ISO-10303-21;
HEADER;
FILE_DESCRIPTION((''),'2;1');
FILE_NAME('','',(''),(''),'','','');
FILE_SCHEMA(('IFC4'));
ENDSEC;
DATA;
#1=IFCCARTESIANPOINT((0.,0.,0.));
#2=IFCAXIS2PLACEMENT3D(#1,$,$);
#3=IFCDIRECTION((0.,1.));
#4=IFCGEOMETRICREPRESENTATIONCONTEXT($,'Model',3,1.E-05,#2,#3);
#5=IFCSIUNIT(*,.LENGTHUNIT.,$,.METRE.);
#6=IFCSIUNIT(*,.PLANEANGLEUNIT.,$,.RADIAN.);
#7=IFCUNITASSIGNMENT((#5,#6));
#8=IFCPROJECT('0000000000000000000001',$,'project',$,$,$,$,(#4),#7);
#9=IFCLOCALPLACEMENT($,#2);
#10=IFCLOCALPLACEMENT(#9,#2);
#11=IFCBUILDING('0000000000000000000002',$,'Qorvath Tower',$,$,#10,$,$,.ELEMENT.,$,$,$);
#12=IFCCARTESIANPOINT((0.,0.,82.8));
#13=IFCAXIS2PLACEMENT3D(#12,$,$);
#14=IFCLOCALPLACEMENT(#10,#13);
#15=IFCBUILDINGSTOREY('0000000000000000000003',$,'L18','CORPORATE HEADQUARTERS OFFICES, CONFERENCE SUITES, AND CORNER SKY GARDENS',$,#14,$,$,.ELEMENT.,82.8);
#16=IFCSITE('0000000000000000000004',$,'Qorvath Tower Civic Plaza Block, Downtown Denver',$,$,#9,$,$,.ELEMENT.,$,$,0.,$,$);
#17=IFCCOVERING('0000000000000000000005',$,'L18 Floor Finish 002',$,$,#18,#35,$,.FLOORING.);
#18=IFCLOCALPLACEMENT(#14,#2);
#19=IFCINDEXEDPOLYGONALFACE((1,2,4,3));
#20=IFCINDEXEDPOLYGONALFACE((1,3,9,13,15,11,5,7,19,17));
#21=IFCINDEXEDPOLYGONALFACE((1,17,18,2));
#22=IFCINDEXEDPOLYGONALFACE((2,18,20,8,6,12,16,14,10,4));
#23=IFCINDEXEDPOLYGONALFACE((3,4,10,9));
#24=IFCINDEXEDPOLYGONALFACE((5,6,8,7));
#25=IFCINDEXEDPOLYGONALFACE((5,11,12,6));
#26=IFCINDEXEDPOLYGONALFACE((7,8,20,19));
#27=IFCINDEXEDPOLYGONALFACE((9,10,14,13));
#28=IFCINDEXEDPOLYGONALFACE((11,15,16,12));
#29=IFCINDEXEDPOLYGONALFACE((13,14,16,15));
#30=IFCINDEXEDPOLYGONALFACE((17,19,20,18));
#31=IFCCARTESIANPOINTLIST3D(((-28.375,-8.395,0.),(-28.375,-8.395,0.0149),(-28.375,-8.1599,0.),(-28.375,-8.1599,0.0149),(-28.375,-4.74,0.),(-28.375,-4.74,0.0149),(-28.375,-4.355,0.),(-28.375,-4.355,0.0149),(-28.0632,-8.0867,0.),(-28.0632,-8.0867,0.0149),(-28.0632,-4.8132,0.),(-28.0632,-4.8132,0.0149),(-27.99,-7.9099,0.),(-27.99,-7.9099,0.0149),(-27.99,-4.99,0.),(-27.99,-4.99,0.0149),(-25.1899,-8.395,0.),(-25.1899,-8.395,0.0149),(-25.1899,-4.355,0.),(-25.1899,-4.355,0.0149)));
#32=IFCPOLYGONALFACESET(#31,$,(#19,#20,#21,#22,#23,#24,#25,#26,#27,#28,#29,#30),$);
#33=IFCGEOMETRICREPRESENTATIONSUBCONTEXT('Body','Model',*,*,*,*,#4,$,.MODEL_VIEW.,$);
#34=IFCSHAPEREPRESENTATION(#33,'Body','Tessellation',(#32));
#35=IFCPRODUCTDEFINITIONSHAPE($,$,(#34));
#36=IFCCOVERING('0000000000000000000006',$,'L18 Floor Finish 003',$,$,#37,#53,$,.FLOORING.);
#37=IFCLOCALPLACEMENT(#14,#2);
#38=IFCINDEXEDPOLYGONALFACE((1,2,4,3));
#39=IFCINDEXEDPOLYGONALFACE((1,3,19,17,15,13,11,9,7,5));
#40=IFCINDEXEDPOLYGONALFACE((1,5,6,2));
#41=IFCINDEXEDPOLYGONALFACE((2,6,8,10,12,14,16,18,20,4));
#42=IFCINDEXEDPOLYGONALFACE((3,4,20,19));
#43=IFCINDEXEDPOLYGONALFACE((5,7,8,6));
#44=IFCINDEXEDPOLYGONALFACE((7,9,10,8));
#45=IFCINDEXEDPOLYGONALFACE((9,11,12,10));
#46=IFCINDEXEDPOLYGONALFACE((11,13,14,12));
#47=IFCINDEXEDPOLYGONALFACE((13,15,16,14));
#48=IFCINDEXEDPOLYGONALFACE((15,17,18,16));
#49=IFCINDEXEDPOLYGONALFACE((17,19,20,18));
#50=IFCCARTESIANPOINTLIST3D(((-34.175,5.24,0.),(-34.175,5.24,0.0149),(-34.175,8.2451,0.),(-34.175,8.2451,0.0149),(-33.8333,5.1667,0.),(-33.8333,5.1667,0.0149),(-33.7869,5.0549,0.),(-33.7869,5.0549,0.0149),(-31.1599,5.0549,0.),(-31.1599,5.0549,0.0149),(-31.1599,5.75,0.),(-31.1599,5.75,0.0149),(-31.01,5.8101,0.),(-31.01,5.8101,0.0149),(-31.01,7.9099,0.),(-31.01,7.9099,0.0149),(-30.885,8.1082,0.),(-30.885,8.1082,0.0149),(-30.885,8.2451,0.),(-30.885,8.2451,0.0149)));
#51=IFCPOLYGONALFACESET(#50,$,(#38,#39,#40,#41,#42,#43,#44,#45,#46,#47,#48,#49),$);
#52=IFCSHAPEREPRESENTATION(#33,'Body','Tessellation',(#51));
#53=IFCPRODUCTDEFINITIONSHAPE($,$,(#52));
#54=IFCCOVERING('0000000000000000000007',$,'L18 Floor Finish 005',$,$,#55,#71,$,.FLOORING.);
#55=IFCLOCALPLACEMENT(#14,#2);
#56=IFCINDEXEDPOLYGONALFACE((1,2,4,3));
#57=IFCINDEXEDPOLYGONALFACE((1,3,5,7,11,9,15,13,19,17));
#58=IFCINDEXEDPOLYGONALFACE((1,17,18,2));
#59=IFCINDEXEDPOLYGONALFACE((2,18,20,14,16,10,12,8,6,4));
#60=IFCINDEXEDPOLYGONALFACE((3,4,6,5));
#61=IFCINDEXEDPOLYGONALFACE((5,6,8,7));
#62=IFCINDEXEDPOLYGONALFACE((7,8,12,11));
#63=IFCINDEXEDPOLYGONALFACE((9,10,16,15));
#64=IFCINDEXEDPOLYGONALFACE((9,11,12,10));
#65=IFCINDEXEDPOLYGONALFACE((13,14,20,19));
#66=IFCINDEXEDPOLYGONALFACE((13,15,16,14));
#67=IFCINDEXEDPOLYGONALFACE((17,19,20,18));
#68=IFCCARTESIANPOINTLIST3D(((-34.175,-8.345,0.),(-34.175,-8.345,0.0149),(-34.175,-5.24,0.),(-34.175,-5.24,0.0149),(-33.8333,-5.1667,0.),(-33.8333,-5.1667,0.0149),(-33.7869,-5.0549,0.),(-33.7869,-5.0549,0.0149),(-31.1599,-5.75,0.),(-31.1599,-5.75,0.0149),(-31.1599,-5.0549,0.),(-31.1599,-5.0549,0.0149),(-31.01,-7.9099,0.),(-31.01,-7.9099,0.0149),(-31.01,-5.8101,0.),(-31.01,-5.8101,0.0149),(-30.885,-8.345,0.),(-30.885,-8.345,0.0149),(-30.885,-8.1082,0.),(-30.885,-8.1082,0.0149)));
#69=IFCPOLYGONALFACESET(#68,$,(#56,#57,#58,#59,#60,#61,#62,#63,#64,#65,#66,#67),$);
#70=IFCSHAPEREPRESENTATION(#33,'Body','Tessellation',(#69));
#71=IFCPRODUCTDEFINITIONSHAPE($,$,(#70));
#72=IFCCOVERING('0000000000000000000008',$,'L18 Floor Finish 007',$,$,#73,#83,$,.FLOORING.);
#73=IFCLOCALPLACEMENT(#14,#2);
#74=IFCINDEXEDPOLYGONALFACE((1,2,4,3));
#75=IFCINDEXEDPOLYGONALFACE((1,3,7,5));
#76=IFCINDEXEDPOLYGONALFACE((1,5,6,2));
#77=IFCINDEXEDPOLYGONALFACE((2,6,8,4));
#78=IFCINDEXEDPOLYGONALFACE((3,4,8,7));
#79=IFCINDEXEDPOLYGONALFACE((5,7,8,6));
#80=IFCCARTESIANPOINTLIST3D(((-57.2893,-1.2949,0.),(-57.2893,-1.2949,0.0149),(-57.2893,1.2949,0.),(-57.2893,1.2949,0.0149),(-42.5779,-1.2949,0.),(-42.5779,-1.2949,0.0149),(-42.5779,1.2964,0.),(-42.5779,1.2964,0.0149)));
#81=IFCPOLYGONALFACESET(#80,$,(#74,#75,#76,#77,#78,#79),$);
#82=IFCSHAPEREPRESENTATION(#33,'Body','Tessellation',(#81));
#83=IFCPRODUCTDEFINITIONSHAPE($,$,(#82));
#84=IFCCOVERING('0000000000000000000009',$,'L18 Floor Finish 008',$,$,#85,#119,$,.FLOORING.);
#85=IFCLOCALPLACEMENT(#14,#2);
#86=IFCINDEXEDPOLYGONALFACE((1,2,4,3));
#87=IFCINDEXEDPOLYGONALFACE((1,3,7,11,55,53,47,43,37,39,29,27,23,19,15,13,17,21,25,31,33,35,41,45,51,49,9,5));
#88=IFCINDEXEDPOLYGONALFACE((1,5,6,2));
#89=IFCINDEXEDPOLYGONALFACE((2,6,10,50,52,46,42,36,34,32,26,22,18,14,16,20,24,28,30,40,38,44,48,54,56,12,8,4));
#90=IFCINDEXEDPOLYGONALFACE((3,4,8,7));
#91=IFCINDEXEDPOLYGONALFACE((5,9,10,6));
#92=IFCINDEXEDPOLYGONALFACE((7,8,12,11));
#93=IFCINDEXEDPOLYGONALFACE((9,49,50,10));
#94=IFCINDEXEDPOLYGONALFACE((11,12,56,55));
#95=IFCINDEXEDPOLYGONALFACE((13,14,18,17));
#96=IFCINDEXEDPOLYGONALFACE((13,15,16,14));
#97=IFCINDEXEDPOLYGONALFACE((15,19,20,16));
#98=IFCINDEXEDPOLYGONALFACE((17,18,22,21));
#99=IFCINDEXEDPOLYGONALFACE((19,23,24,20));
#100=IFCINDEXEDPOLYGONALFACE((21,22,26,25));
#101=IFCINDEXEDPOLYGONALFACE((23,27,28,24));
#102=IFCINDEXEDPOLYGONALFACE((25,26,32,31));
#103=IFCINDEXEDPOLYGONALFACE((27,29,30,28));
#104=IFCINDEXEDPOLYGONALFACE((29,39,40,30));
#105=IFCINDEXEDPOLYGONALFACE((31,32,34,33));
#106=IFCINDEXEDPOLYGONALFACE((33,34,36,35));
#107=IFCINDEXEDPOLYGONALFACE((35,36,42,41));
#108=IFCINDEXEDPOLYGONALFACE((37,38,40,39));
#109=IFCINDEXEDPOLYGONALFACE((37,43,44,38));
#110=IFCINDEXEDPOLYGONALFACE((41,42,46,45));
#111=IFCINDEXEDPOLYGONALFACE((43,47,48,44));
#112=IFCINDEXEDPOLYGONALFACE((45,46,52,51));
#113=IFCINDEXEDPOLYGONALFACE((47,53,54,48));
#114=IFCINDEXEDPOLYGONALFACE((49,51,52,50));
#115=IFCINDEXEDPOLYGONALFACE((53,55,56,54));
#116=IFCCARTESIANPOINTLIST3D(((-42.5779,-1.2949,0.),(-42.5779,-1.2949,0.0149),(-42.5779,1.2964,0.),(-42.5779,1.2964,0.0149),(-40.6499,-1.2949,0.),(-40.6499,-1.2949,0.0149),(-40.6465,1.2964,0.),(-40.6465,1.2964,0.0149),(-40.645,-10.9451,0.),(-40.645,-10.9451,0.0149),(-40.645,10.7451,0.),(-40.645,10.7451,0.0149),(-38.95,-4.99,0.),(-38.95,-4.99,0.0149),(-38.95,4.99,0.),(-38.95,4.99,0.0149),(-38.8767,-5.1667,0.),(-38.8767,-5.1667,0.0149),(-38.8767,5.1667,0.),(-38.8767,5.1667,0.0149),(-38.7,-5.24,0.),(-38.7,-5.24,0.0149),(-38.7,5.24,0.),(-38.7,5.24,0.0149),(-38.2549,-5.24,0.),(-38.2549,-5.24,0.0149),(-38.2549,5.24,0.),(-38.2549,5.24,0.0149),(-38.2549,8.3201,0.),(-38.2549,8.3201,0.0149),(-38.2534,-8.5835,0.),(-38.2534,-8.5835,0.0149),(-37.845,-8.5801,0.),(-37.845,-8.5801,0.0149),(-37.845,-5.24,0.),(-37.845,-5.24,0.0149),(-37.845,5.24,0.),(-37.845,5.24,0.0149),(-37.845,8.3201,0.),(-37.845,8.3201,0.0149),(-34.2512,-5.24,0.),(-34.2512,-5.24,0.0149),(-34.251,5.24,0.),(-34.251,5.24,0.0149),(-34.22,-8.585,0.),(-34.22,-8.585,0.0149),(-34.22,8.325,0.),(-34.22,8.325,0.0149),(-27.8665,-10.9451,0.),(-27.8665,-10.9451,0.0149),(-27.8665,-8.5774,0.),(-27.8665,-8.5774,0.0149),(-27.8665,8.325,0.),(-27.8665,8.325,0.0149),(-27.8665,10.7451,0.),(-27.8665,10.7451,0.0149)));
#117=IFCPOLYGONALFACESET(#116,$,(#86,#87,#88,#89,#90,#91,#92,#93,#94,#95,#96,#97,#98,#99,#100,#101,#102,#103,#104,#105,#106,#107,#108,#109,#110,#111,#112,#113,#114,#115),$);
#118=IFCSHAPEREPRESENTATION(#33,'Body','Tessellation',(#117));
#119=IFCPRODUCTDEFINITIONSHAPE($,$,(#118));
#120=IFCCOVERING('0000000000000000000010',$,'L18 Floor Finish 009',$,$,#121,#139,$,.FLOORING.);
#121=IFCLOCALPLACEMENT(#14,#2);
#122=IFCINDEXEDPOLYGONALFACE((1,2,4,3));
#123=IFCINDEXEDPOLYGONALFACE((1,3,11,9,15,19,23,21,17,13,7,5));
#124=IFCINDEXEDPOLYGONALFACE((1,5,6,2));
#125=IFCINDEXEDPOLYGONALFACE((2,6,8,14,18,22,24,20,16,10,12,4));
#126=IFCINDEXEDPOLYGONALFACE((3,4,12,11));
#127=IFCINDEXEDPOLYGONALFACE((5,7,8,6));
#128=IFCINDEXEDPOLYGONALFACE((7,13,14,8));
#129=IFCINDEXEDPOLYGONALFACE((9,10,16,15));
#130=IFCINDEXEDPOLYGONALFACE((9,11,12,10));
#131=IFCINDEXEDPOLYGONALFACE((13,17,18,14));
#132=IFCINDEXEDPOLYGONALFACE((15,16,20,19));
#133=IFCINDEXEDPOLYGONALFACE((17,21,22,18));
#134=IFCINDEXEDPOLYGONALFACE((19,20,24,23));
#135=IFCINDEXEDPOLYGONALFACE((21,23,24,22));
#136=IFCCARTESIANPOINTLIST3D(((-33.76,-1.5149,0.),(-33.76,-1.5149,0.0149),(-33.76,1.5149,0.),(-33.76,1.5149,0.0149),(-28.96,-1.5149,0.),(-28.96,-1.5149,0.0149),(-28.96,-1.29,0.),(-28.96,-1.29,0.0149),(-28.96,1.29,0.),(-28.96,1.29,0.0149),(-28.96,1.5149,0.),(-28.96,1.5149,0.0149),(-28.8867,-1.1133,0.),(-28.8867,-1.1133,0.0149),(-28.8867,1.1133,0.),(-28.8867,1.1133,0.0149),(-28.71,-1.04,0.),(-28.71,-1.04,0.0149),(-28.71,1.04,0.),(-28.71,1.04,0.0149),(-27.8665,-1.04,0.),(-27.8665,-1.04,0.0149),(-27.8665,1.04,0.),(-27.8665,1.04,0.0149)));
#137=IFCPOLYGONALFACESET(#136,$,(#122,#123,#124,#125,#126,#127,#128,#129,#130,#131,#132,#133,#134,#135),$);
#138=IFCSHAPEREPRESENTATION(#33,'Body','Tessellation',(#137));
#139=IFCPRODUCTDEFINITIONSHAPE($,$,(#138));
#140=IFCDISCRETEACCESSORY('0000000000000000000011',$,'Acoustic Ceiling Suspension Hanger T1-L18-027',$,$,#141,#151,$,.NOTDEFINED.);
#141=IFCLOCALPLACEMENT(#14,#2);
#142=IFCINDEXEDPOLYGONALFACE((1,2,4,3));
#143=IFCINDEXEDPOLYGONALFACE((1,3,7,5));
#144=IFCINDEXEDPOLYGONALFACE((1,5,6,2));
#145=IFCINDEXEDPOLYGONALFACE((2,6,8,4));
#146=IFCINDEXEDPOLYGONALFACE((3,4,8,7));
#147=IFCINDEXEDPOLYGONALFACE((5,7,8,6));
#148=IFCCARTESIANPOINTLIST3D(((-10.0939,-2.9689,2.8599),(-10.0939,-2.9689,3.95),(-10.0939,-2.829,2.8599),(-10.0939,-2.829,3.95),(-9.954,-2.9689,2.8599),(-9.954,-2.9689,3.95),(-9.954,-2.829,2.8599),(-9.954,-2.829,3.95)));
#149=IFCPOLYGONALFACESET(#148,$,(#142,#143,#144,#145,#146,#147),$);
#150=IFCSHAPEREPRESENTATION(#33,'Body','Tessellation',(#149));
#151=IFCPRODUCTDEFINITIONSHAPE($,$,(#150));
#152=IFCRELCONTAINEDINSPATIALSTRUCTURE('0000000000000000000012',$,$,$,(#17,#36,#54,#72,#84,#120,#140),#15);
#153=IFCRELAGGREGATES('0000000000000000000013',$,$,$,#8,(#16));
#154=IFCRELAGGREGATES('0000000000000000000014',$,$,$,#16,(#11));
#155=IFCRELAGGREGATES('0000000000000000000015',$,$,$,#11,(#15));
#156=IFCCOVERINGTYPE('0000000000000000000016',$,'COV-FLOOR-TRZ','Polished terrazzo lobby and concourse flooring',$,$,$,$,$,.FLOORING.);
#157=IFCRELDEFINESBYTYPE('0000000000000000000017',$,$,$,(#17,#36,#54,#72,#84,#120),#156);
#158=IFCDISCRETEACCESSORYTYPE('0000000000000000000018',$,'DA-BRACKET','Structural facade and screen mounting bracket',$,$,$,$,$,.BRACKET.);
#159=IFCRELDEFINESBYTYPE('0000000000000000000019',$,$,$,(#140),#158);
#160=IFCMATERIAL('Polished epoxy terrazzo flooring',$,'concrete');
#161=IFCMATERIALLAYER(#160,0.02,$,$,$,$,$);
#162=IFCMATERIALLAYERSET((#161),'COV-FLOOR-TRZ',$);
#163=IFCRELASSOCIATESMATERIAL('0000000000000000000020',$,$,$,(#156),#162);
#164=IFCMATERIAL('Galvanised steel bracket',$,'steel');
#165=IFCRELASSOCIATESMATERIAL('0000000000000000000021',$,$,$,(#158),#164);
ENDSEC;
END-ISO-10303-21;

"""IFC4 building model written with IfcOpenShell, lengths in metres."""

from ifc_helpers import new_model, si_unit, direction, frame, origin, origin_2d, place, context, subcontext, project, spatial, polyline, rectangle, outline, extrude, material, layer, layer_set, type_object, element, save


model = new_model("IFC4")

# Units and contexts
model_context = context("Model", 3, precision=1e-05, world=origin(), true_north=direction((0.0, 1.0)))
body_context = subcontext(model_context, "Body", "Model", "MODEL_VIEW")
ifc_project = project(units=[si_unit("LENGTHUNIT", "METRE"), si_unit("PLANEANGLEUNIT", "RADIAN")], contexts=[model_context])

# Site, building, storey
site_placement = place(None, origin())
site = spatial("IfcSite", under=ifc_project, at=site_placement, Name="Qorvath Tower Civic Plaza Block, Downtown Denver", CompositionType="ELEMENT", RefElevation=0.0)
building_placement = place(site_placement, origin())
building = spatial("IfcBuilding", under=site, at=building_placement, Name="Qorvath Tower", CompositionType="ELEMENT")
storey_placement = place(building_placement, frame((0.0, 0.0, 82.8)))
storey = spatial("IfcBuildingStorey", under=building, at=storey_placement, Name="L18", Description="CORPORATE HEADQUARTERS OFFICES, CONFERENCE SUITES, AND CORNER SKY GARDENS", CompositionType="ELEMENT", Elevation=82.8)

# Coverings
ifc_material_1 = material(Name="Polished epoxy terrazzo flooring", Category="concrete")
ifc_layer_1 = layer(ifc_material_1, 0.02)
ifc_layer_set_1 = layer_set([ifc_layer_1], Name="COV-FLOOR-TRZ")
covering_type_1 = type_object("IfcCoveringType", Name="COV-FLOOR-TRZ", Description="Polished terrazzo lobby and concourse flooring", PredefinedType="FLOORING", material=ifc_layer_set_1)
covering_1_placement = place(storey_placement, origin())
element("IfcCovering", 1, at=covering_1_placement, inside=storey, type_object=covering_type_1, Name="L18 Floor Finish 002", PredefinedType="FLOORING", context=body_context, shape_type="SweptSolid", body=[
    extrude(outline(polyline([(-25.1899, -8.395), (-25.1899, -4.355), (-28.375, -4.355), (-28.375, -4.74), (-28.0632, -4.8132), (-27.99, -4.99), (-27.99, -7.9099), (-28.0632, -8.0867), (-28.375, -8.1599), (-28.375, -8.395), (-25.1899, -8.395)])), origin(), (0.0, 0.0, 1.0), 0.0149),
])
covering_2_placement = place(storey_placement, origin())
element("IfcCovering", 2, at=covering_2_placement, inside=storey, type_object=covering_type_1, Name="L18 Floor Finish 003", PredefinedType="FLOORING", context=body_context, shape_type="SweptSolid", body=[
    extrude(outline(polyline([(-31.01, 7.9099), (-30.885, 8.1082), (-30.885, 8.2451), (-34.175, 8.2451), (-34.175, 5.24), (-33.8333, 5.1667), (-33.7869, 5.0549), (-31.1599, 5.0549), (-31.1599, 5.75), (-31.01, 5.8101), (-31.01, 7.9099)])), origin(), (0.0, 0.0, 1.0), 0.0149),
])
covering_3_placement = place(storey_placement, origin())
element("IfcCovering", 3, at=covering_3_placement, inside=storey, type_object=covering_type_1, Name="L18 Floor Finish 005", PredefinedType="FLOORING", context=body_context, shape_type="SweptSolid", body=[
    extrude(outline(polyline([(-31.1599, -5.0549), (-33.7869, -5.0549), (-33.8333, -5.1667), (-34.175, -5.24), (-34.175, -8.345), (-30.885, -8.345), (-30.885, -8.1082), (-31.01, -7.9099), (-31.01, -5.8101), (-31.1599, -5.75), (-31.1599, -5.0549)])), origin(), (0.0, 0.0, 1.0), 0.0149),
])
covering_4_placement = place(storey_placement, origin())
element("IfcCovering", 4, at=covering_4_placement, inside=storey, type_object=covering_type_1, Name="L18 Floor Finish 007", PredefinedType="FLOORING", context=body_context, shape_type="SweptSolid", body=[
    extrude(outline(polyline([(-42.5779, -1.2949), (-42.5779, 1.2964), (-57.2893, 1.2949), (-57.2893, -1.2949), (-42.5779, -1.2949)])), origin(), (0.0, 0.0, 1.0), 0.0149),
])
covering_5_placement = place(storey_placement, origin())
element("IfcCovering", 5, at=covering_5_placement, inside=storey, type_object=covering_type_1, Name="L18 Floor Finish 008", PredefinedType="FLOORING", context=body_context, shape_type="SweptSolid", body=[
    extrude(outline(polyline([(-40.6499, -1.2949), (-40.645, -10.9451), (-27.8665, -10.9451), (-27.8665, -8.5774), (-34.22, -8.585), (-34.2512, -5.24), (-37.845, -5.24), (-37.845, -8.5801), (-38.2534, -8.5835), (-38.2549, -5.24), (-38.7, -5.24), (-38.8767, -5.1667), (-38.95, -4.99), (-38.95, 4.99), (-38.8767, 5.1667), (-38.7, 5.24), (-38.2549, 5.24), (-38.2549, 8.3201), (-37.845, 8.3201), (-37.845, 5.24), (-34.251, 5.24), (-34.22, 8.325), (-27.8665, 8.325), (-27.8665, 10.7451), (-40.645, 10.7451), (-40.6465, 1.2964), (-42.5779, 1.2964), (-42.5779, -1.2949), (-40.6499, -1.2949)])), origin(), (0.0, 0.0, 1.0), 0.0149),
])
covering_6_placement = place(storey_placement, origin())
element("IfcCovering", 6, at=covering_6_placement, inside=storey, type_object=covering_type_1, Name="L18 Floor Finish 009", PredefinedType="FLOORING", context=body_context, shape_type="SweptSolid", body=[
    extrude(outline(polyline([(-27.8665, -1.04), (-27.8665, 1.04), (-28.71, 1.04), (-28.8867, 1.1133), (-28.96, 1.29), (-28.96, 1.5149), (-33.76, 1.5149), (-33.76, -1.5149), (-28.96, -1.5149), (-28.96, -1.29), (-28.8867, -1.1133), (-28.71, -1.04), (-27.8665, -1.04)])), origin(), (0.0, 0.0, 1.0), 0.0149),
])

# Discrete accessory
ifc_material_2 = material(Name="Galvanised steel bracket", Category="steel")
discrete_accessory_type = type_object("IfcDiscreteAccessoryType", Name="DA-BRACKET", Description="Structural facade and screen mounting bracket", PredefinedType="BRACKET", material=ifc_material_2)
discrete_accessory_placement = place(storey_placement, frame((-10.0239, -2.8989, 2.8599), z_axis=(0.0, 0.0, 1.0), x_axis=(1.0, 0.0, 0.0)))
element("IfcDiscreteAccessory", 7, at=discrete_accessory_placement, inside=storey, type_object=discrete_accessory_type, Name="Acoustic Ceiling Suspension Hanger T1-L18-027", PredefinedType="NOTDEFINED", context=body_context, shape_type="SweptSolid", body=[
    extrude(rectangle(XDim=0.1399, YDim=0.1399, at=origin_2d()), origin(), (0.0, 0.0, 1.0), 1.0901),
])

save(model, "model.ifc")
